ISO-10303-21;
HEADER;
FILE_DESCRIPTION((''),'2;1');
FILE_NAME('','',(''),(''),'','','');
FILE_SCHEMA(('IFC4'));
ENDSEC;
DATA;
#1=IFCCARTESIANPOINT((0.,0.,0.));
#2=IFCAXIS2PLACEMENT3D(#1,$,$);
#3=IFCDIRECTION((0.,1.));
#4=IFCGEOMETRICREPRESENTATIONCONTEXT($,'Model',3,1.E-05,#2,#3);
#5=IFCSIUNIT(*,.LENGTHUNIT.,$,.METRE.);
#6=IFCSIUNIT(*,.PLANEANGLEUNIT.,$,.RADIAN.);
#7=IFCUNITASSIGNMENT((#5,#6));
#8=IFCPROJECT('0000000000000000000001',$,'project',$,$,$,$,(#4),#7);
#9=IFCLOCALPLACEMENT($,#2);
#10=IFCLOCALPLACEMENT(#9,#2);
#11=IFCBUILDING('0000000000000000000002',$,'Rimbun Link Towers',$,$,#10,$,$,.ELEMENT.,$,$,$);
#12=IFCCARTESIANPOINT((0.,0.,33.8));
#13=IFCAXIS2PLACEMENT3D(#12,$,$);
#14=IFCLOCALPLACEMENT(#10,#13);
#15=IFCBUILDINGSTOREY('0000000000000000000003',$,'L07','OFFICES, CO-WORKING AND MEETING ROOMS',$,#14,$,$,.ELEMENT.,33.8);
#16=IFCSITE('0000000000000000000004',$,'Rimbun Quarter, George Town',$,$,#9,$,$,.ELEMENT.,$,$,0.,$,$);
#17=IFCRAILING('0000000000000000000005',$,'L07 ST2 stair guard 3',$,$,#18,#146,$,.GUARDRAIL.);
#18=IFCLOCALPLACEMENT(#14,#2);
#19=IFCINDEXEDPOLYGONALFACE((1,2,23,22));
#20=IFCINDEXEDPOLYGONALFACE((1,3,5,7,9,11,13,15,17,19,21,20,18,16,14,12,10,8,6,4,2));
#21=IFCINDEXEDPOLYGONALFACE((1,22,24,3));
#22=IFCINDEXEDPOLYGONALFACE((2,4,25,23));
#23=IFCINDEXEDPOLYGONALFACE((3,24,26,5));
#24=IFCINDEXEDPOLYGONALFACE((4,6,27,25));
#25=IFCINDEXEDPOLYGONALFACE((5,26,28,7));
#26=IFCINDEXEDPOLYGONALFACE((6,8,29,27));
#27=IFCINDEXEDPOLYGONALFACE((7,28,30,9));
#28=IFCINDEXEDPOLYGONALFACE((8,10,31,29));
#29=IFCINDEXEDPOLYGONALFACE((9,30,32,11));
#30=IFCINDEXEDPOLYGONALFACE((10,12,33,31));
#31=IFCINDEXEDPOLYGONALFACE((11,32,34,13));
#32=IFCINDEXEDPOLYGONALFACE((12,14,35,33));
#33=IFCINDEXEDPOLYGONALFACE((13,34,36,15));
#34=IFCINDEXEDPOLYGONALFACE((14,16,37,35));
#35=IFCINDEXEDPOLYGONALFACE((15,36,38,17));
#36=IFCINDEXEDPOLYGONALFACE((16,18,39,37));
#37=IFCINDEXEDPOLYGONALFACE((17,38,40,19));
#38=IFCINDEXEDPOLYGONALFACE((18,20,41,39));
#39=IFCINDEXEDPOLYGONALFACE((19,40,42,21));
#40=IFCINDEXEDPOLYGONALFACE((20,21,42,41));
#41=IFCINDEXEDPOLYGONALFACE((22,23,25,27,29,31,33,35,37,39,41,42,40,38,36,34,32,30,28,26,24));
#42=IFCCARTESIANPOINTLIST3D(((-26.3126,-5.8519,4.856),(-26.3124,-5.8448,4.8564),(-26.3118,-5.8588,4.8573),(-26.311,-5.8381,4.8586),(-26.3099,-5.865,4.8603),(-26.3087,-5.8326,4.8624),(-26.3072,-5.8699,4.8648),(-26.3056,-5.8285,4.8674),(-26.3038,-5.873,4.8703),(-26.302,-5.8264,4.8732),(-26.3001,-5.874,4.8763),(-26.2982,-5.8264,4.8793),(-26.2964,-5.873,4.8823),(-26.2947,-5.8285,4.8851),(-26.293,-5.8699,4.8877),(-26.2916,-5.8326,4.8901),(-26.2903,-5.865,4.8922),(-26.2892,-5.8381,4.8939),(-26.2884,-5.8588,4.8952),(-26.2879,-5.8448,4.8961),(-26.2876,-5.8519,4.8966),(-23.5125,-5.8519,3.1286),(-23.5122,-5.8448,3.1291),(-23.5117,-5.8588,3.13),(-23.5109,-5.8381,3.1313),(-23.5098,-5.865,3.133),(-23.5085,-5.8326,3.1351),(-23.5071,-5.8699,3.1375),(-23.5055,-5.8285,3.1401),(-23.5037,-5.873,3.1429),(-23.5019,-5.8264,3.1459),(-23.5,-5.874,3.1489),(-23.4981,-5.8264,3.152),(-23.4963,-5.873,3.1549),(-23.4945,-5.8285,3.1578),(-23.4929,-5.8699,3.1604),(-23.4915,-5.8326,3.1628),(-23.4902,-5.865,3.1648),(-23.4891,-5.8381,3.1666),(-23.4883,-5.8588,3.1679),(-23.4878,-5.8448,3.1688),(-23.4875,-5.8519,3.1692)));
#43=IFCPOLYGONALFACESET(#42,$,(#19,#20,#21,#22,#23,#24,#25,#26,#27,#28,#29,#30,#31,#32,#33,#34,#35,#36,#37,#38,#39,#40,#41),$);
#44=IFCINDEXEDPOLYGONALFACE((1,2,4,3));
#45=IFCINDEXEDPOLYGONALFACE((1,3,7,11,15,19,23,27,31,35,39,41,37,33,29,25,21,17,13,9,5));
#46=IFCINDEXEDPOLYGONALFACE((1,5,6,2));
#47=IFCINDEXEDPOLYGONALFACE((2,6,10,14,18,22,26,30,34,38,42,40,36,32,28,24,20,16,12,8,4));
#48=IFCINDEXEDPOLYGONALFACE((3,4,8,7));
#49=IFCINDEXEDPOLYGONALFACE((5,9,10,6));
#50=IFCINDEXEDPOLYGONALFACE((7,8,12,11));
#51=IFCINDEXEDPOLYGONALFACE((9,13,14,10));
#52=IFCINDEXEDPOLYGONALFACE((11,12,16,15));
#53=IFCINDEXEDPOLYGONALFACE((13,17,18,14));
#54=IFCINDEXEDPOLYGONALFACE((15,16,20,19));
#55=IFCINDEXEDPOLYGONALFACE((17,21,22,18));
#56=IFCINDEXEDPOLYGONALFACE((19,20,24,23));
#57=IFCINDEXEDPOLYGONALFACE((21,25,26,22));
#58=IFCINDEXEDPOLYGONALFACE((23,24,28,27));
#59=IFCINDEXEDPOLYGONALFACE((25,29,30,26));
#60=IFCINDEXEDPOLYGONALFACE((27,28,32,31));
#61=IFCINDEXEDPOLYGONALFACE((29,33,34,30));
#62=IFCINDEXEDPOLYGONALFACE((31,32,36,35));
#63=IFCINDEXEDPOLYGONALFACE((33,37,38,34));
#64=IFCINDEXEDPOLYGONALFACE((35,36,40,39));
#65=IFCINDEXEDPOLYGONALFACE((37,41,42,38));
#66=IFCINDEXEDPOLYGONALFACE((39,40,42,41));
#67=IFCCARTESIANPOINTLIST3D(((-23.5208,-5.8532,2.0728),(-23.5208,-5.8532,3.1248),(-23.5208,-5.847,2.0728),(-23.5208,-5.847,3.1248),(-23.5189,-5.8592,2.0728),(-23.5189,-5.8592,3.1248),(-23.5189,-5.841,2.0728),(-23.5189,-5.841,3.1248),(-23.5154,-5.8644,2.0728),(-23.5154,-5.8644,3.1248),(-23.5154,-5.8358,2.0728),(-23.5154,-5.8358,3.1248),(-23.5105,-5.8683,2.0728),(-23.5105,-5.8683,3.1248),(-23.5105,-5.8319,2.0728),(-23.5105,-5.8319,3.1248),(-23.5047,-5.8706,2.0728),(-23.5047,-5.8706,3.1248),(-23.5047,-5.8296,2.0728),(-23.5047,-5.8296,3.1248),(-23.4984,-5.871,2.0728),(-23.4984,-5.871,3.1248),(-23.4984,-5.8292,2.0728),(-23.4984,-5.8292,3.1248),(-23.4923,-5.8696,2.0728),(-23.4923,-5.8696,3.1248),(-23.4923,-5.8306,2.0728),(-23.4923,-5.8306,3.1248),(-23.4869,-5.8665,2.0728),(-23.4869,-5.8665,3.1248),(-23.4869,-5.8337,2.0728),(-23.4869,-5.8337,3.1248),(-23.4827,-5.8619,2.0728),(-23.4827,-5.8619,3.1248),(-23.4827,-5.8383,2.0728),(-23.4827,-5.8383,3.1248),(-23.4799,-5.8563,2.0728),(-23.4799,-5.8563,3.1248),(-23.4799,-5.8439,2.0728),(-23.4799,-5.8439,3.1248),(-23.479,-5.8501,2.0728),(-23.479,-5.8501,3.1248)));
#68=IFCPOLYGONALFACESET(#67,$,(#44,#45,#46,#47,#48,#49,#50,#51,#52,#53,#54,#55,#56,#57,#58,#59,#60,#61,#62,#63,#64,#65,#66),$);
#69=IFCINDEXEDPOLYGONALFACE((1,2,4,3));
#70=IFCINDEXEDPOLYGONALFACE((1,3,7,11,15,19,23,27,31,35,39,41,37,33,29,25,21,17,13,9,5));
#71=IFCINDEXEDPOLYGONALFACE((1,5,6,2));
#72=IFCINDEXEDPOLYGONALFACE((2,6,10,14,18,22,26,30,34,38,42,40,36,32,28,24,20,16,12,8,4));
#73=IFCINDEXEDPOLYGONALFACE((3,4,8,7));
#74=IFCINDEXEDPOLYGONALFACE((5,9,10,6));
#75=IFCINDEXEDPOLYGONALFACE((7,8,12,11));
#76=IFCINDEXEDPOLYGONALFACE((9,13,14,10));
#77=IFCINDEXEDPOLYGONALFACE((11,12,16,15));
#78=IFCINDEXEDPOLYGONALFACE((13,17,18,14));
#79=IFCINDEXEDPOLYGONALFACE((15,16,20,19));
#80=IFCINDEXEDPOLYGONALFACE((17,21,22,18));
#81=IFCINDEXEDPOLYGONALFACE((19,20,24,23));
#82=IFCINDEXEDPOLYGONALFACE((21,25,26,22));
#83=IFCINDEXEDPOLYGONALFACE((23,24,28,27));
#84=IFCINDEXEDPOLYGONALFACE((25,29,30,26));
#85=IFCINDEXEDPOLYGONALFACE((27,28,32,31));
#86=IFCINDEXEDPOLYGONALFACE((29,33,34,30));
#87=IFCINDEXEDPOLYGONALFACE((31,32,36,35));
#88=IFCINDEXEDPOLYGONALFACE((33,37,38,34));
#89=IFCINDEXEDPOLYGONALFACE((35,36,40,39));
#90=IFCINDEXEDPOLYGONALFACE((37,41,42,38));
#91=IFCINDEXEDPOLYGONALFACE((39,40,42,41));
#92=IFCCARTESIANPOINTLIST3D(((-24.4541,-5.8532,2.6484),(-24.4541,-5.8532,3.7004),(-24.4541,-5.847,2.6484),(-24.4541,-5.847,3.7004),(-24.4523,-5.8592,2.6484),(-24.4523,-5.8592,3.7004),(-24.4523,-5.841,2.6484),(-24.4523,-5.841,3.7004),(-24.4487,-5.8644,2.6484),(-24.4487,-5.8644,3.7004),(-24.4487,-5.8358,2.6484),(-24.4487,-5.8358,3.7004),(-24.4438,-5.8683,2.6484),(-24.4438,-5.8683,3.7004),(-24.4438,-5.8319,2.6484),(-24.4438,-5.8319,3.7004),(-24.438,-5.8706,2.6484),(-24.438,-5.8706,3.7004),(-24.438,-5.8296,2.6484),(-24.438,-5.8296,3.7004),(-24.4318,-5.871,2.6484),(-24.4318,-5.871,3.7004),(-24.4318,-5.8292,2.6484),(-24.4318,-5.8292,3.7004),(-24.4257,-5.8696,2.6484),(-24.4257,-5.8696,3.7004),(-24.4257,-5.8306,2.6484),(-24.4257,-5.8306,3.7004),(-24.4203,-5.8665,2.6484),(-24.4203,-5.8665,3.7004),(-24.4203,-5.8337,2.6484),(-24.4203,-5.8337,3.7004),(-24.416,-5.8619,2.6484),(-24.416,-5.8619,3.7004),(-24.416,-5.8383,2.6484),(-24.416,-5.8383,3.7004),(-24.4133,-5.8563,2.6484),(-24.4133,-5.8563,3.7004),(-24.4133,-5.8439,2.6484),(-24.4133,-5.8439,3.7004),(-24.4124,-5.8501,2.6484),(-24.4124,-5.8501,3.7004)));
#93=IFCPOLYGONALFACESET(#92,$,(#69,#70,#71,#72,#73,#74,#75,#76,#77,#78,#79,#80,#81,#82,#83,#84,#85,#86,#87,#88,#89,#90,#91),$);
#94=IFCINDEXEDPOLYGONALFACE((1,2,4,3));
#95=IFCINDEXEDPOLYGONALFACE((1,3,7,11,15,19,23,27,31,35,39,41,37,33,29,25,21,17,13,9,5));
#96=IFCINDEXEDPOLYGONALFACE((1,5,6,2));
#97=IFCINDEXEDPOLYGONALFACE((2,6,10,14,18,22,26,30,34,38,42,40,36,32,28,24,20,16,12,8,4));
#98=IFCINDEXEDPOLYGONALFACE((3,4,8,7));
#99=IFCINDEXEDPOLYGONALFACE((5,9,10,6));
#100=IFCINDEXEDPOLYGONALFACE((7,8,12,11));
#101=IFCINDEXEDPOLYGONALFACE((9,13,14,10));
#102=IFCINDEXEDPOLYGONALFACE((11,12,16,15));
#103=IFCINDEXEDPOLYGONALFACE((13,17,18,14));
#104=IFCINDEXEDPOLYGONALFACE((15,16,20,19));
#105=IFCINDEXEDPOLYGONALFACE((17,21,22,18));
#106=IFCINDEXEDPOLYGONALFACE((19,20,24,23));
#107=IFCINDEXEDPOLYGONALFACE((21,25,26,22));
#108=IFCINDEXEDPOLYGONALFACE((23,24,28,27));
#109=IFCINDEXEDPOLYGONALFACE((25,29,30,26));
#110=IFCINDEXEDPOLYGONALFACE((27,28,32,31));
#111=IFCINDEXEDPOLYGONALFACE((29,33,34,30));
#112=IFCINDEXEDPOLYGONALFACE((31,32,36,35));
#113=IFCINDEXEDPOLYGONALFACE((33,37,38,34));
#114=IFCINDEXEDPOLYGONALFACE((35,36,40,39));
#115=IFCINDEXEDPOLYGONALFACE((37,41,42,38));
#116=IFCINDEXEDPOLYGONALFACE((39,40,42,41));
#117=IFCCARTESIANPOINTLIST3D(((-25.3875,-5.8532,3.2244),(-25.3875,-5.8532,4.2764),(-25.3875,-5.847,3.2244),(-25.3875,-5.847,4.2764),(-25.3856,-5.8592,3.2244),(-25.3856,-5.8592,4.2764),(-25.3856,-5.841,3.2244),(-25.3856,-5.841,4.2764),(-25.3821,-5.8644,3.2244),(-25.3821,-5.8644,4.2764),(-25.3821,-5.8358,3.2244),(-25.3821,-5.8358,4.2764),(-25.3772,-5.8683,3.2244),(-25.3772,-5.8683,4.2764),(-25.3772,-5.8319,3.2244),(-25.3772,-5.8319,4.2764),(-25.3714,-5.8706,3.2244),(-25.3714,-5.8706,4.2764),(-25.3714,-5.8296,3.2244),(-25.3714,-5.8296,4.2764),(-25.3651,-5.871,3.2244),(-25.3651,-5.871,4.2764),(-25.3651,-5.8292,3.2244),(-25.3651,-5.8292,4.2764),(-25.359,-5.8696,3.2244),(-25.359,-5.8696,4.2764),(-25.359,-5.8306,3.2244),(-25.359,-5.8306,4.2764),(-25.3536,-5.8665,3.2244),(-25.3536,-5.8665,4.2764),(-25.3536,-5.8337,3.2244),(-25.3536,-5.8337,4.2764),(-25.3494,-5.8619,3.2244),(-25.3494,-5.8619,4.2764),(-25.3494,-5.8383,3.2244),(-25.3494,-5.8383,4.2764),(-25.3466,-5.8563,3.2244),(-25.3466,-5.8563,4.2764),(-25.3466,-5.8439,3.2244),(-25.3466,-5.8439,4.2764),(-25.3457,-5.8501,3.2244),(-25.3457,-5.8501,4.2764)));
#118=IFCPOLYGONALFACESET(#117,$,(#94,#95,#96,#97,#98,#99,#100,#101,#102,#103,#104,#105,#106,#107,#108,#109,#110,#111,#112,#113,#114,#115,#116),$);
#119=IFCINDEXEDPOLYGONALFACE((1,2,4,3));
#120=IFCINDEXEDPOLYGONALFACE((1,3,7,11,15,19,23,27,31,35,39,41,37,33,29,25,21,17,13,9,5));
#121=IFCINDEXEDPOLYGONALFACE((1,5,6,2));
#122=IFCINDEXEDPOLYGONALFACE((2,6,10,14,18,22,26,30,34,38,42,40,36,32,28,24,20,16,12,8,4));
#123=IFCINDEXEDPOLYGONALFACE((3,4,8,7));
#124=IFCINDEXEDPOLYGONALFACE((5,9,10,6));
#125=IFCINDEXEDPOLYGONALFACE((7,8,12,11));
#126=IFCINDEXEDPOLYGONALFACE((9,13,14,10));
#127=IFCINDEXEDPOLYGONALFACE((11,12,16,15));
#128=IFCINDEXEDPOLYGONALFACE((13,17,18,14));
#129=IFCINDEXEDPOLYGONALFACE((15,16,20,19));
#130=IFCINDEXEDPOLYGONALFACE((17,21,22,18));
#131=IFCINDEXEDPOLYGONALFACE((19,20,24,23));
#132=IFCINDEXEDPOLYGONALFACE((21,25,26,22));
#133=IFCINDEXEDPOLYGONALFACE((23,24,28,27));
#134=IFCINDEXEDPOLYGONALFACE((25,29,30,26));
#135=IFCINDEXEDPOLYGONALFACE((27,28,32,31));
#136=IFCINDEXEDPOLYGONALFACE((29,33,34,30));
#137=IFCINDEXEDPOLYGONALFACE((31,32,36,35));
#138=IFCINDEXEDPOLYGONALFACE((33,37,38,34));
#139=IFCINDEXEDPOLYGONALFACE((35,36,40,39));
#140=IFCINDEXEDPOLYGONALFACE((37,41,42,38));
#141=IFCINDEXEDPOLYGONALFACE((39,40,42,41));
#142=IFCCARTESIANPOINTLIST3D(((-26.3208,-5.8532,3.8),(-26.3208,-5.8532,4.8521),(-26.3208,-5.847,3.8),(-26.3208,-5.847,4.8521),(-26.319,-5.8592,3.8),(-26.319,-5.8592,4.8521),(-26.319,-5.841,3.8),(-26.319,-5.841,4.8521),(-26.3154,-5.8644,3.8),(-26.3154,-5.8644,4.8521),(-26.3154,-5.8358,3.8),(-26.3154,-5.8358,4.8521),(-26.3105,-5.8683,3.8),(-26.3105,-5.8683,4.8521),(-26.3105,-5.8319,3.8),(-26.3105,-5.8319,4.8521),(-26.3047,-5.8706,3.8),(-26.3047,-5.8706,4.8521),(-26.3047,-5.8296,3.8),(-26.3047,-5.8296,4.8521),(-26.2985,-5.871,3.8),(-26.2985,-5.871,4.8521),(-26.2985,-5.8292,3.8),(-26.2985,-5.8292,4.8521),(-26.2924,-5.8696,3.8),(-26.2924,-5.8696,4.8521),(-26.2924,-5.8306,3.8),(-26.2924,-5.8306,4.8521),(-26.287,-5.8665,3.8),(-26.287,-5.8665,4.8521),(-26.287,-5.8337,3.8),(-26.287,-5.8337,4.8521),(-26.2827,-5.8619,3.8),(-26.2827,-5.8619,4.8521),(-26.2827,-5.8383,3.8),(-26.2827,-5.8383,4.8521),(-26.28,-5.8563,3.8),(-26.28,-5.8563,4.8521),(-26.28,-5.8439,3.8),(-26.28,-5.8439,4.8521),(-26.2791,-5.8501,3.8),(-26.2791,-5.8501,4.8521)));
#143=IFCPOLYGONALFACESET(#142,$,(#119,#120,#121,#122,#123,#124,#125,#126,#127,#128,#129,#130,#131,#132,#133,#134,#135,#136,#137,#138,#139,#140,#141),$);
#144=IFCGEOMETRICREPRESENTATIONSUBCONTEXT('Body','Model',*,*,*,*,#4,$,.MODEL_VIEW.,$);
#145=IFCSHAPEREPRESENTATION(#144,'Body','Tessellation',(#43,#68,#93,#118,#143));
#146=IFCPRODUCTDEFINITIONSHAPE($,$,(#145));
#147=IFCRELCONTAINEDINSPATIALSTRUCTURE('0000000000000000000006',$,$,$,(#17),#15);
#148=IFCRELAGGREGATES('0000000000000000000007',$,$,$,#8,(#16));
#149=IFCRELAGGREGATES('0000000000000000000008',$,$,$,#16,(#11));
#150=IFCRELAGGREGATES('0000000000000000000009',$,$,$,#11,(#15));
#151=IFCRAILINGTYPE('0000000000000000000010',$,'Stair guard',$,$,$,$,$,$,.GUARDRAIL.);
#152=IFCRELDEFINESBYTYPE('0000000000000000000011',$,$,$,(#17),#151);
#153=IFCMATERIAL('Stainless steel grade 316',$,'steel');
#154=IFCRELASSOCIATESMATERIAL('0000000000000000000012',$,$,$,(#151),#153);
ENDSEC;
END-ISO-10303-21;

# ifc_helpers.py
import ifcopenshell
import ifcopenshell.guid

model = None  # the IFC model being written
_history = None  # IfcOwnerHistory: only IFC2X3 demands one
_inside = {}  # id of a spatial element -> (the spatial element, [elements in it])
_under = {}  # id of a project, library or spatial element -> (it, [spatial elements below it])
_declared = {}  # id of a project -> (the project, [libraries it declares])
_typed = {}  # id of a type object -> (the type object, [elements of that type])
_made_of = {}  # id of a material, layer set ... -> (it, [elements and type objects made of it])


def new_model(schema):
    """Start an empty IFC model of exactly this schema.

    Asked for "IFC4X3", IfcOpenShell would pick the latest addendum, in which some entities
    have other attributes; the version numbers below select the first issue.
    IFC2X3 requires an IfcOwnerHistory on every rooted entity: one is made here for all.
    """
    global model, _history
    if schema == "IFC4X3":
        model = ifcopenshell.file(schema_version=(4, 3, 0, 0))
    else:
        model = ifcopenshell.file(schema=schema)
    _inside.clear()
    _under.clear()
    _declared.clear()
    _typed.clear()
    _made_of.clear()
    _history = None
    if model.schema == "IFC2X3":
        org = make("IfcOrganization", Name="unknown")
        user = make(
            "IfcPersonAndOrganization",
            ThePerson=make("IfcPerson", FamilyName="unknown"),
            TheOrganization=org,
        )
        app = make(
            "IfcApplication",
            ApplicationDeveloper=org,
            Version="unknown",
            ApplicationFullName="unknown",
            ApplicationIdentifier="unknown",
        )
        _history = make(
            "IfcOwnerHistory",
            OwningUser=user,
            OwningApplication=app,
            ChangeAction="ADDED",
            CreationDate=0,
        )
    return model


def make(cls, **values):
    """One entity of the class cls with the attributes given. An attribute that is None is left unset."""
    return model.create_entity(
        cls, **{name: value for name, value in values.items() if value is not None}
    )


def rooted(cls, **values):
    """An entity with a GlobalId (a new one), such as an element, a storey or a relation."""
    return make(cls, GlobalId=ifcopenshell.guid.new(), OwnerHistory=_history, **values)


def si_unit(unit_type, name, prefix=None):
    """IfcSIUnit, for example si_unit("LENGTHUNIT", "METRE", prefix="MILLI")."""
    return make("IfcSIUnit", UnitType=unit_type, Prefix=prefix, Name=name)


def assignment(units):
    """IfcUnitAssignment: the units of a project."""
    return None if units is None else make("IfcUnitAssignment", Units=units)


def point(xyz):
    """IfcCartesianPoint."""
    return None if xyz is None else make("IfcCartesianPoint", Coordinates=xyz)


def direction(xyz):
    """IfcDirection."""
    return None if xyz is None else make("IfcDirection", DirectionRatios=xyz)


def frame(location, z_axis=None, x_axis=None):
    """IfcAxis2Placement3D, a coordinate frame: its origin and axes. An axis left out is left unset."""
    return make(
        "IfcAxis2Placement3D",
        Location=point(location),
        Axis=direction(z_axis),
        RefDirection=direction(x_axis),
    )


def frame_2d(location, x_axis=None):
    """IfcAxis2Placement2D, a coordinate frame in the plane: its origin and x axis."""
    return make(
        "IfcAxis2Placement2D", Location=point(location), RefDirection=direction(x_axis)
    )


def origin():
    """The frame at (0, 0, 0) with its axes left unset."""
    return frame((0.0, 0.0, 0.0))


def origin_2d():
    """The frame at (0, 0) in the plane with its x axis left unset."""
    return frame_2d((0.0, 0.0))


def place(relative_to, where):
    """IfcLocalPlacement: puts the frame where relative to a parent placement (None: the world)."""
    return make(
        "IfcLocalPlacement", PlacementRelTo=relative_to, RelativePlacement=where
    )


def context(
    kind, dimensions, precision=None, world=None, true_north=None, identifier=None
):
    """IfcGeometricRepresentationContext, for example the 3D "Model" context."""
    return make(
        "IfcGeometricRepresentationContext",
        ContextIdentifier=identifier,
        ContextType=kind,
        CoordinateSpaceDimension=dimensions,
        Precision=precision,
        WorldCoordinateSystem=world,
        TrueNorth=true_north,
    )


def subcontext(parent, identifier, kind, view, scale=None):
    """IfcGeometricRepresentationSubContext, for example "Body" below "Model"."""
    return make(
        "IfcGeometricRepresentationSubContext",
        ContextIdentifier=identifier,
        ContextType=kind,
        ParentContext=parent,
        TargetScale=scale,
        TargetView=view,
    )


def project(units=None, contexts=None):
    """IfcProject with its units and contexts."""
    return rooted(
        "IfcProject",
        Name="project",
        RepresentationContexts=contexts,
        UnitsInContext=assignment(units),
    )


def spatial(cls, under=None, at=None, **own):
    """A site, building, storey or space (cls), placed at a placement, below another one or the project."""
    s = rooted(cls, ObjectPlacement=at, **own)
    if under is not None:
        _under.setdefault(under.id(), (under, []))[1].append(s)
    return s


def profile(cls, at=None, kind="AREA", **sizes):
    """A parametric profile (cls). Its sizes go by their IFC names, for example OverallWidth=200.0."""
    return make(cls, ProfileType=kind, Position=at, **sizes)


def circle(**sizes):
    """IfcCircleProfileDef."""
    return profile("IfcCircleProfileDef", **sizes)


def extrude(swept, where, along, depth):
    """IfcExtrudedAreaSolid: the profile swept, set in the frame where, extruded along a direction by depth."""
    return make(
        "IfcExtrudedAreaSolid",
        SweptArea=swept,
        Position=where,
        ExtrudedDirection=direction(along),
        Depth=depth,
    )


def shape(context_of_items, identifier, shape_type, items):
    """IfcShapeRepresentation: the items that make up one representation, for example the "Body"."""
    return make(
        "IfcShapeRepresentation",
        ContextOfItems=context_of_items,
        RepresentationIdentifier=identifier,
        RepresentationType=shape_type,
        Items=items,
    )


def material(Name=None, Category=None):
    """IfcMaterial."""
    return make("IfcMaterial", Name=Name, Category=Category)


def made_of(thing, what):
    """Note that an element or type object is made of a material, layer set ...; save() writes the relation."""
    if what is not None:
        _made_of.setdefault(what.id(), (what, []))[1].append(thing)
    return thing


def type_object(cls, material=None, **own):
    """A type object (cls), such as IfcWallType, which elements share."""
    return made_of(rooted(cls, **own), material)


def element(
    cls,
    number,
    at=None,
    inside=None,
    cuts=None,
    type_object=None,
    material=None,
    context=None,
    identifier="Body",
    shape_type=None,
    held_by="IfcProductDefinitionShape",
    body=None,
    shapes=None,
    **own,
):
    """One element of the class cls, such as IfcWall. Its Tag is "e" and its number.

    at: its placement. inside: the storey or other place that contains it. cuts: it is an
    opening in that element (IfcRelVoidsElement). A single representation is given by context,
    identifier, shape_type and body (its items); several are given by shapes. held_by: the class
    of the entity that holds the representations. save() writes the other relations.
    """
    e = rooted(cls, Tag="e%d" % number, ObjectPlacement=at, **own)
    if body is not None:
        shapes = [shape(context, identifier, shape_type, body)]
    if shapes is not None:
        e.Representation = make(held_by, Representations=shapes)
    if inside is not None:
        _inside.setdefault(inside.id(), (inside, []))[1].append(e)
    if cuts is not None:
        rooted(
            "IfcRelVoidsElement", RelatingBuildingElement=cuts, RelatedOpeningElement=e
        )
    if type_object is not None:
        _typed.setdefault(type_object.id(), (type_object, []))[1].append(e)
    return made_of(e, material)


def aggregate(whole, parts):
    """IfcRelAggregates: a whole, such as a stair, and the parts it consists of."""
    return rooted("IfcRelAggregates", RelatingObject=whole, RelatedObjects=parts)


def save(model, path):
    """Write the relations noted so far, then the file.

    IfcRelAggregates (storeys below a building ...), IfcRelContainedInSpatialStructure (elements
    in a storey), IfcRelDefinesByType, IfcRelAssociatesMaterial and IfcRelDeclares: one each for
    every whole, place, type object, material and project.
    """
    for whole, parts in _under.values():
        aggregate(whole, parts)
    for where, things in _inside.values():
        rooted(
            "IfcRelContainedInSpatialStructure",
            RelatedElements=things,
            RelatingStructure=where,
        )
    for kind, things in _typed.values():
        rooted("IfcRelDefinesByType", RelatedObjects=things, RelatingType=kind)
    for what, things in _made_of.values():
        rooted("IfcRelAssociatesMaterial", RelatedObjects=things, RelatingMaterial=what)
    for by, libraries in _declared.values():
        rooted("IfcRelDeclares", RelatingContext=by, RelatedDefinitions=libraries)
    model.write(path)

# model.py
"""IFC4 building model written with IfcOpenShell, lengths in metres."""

from ifc_helpers import new_model, si_unit, direction, frame, origin, origin_2d, place, context, subcontext, project, spatial, circle, extrude, material, type_object, element, save


model = new_model("IFC4")

# Units and contexts
model_context = context("Model", 3, precision=1e-05, world=origin(), true_north=direction((0.0, 1.0)))
body_context = subcontext(model_context, "Body", "Model", "MODEL_VIEW")
ifc_project = project(units=[si_unit("LENGTHUNIT", "METRE"), si_unit("PLANEANGLEUNIT", "RADIAN")], contexts=[model_context])

# Site, building, storey
site_placement = place(None, origin())
site = spatial("IfcSite", under=ifc_project, at=site_placement, Name="Rimbun Quarter, George Town", CompositionType="ELEMENT", RefElevation=0.0)
building_placement = place(site_placement, origin())
building = spatial("IfcBuilding", under=site, at=building_placement, Name="Rimbun Link Towers", CompositionType="ELEMENT")
storey_placement = place(building_placement, frame((0.0, 0.0, 33.8)))
storey = spatial("IfcBuildingStorey", under=building, at=storey_placement, Name="L07", Description="OFFICES, CO-WORKING AND MEETING ROOMS", CompositionType="ELEMENT", Elevation=33.8)

# Railing
ifc_material_1 = material(Name="Stainless steel grade 316", Category="steel")
railing_type_1 = type_object("IfcRailingType", Name="Stair guard", PredefinedType="GUARDRAIL", material=ifc_material_1)
railing_1_placement = place(storey_placement, frame((-23.5, -5.8501, 2.0728)))
element("IfcRailing", 1, at=railing_1_placement, inside=storey, type_object=railing_type_1, Name="L07 ST2 stair guard 3", PredefinedType="GUARDRAIL", context=body_context, shape_type="SweptSolid", body=[
    extrude(circle(Radius=0.0239, at=origin_2d()), frame((0.0, 0.0, 1.0762), z_axis=(-0.85109, 0.0, 0.52502), x_axis=(0.0, -1.0, 0.0)), (0.0, 0.0, 1.0), 3.29),
    extrude(circle(Radius=0.021, at=origin_2d()), origin(), (0.0, 0.0, 1.0), 1.052),
    extrude(circle(Radius=0.021, at=origin_2d()), frame((-0.9333, 0.0, 0.5757)), (0.0, 0.0, 1.0), 1.052),
    extrude(circle(Radius=0.021, at=origin_2d()), frame((-1.8667, 0.0, 1.1516)), (0.0, 0.0, 1.0), 1.052),
    extrude(circle(Radius=0.021, at=origin_2d()), frame((-2.8, 0.0, 1.7273)), (0.0, 0.0, 1.0), 1.052),
])

save(model, "model.ifc")
